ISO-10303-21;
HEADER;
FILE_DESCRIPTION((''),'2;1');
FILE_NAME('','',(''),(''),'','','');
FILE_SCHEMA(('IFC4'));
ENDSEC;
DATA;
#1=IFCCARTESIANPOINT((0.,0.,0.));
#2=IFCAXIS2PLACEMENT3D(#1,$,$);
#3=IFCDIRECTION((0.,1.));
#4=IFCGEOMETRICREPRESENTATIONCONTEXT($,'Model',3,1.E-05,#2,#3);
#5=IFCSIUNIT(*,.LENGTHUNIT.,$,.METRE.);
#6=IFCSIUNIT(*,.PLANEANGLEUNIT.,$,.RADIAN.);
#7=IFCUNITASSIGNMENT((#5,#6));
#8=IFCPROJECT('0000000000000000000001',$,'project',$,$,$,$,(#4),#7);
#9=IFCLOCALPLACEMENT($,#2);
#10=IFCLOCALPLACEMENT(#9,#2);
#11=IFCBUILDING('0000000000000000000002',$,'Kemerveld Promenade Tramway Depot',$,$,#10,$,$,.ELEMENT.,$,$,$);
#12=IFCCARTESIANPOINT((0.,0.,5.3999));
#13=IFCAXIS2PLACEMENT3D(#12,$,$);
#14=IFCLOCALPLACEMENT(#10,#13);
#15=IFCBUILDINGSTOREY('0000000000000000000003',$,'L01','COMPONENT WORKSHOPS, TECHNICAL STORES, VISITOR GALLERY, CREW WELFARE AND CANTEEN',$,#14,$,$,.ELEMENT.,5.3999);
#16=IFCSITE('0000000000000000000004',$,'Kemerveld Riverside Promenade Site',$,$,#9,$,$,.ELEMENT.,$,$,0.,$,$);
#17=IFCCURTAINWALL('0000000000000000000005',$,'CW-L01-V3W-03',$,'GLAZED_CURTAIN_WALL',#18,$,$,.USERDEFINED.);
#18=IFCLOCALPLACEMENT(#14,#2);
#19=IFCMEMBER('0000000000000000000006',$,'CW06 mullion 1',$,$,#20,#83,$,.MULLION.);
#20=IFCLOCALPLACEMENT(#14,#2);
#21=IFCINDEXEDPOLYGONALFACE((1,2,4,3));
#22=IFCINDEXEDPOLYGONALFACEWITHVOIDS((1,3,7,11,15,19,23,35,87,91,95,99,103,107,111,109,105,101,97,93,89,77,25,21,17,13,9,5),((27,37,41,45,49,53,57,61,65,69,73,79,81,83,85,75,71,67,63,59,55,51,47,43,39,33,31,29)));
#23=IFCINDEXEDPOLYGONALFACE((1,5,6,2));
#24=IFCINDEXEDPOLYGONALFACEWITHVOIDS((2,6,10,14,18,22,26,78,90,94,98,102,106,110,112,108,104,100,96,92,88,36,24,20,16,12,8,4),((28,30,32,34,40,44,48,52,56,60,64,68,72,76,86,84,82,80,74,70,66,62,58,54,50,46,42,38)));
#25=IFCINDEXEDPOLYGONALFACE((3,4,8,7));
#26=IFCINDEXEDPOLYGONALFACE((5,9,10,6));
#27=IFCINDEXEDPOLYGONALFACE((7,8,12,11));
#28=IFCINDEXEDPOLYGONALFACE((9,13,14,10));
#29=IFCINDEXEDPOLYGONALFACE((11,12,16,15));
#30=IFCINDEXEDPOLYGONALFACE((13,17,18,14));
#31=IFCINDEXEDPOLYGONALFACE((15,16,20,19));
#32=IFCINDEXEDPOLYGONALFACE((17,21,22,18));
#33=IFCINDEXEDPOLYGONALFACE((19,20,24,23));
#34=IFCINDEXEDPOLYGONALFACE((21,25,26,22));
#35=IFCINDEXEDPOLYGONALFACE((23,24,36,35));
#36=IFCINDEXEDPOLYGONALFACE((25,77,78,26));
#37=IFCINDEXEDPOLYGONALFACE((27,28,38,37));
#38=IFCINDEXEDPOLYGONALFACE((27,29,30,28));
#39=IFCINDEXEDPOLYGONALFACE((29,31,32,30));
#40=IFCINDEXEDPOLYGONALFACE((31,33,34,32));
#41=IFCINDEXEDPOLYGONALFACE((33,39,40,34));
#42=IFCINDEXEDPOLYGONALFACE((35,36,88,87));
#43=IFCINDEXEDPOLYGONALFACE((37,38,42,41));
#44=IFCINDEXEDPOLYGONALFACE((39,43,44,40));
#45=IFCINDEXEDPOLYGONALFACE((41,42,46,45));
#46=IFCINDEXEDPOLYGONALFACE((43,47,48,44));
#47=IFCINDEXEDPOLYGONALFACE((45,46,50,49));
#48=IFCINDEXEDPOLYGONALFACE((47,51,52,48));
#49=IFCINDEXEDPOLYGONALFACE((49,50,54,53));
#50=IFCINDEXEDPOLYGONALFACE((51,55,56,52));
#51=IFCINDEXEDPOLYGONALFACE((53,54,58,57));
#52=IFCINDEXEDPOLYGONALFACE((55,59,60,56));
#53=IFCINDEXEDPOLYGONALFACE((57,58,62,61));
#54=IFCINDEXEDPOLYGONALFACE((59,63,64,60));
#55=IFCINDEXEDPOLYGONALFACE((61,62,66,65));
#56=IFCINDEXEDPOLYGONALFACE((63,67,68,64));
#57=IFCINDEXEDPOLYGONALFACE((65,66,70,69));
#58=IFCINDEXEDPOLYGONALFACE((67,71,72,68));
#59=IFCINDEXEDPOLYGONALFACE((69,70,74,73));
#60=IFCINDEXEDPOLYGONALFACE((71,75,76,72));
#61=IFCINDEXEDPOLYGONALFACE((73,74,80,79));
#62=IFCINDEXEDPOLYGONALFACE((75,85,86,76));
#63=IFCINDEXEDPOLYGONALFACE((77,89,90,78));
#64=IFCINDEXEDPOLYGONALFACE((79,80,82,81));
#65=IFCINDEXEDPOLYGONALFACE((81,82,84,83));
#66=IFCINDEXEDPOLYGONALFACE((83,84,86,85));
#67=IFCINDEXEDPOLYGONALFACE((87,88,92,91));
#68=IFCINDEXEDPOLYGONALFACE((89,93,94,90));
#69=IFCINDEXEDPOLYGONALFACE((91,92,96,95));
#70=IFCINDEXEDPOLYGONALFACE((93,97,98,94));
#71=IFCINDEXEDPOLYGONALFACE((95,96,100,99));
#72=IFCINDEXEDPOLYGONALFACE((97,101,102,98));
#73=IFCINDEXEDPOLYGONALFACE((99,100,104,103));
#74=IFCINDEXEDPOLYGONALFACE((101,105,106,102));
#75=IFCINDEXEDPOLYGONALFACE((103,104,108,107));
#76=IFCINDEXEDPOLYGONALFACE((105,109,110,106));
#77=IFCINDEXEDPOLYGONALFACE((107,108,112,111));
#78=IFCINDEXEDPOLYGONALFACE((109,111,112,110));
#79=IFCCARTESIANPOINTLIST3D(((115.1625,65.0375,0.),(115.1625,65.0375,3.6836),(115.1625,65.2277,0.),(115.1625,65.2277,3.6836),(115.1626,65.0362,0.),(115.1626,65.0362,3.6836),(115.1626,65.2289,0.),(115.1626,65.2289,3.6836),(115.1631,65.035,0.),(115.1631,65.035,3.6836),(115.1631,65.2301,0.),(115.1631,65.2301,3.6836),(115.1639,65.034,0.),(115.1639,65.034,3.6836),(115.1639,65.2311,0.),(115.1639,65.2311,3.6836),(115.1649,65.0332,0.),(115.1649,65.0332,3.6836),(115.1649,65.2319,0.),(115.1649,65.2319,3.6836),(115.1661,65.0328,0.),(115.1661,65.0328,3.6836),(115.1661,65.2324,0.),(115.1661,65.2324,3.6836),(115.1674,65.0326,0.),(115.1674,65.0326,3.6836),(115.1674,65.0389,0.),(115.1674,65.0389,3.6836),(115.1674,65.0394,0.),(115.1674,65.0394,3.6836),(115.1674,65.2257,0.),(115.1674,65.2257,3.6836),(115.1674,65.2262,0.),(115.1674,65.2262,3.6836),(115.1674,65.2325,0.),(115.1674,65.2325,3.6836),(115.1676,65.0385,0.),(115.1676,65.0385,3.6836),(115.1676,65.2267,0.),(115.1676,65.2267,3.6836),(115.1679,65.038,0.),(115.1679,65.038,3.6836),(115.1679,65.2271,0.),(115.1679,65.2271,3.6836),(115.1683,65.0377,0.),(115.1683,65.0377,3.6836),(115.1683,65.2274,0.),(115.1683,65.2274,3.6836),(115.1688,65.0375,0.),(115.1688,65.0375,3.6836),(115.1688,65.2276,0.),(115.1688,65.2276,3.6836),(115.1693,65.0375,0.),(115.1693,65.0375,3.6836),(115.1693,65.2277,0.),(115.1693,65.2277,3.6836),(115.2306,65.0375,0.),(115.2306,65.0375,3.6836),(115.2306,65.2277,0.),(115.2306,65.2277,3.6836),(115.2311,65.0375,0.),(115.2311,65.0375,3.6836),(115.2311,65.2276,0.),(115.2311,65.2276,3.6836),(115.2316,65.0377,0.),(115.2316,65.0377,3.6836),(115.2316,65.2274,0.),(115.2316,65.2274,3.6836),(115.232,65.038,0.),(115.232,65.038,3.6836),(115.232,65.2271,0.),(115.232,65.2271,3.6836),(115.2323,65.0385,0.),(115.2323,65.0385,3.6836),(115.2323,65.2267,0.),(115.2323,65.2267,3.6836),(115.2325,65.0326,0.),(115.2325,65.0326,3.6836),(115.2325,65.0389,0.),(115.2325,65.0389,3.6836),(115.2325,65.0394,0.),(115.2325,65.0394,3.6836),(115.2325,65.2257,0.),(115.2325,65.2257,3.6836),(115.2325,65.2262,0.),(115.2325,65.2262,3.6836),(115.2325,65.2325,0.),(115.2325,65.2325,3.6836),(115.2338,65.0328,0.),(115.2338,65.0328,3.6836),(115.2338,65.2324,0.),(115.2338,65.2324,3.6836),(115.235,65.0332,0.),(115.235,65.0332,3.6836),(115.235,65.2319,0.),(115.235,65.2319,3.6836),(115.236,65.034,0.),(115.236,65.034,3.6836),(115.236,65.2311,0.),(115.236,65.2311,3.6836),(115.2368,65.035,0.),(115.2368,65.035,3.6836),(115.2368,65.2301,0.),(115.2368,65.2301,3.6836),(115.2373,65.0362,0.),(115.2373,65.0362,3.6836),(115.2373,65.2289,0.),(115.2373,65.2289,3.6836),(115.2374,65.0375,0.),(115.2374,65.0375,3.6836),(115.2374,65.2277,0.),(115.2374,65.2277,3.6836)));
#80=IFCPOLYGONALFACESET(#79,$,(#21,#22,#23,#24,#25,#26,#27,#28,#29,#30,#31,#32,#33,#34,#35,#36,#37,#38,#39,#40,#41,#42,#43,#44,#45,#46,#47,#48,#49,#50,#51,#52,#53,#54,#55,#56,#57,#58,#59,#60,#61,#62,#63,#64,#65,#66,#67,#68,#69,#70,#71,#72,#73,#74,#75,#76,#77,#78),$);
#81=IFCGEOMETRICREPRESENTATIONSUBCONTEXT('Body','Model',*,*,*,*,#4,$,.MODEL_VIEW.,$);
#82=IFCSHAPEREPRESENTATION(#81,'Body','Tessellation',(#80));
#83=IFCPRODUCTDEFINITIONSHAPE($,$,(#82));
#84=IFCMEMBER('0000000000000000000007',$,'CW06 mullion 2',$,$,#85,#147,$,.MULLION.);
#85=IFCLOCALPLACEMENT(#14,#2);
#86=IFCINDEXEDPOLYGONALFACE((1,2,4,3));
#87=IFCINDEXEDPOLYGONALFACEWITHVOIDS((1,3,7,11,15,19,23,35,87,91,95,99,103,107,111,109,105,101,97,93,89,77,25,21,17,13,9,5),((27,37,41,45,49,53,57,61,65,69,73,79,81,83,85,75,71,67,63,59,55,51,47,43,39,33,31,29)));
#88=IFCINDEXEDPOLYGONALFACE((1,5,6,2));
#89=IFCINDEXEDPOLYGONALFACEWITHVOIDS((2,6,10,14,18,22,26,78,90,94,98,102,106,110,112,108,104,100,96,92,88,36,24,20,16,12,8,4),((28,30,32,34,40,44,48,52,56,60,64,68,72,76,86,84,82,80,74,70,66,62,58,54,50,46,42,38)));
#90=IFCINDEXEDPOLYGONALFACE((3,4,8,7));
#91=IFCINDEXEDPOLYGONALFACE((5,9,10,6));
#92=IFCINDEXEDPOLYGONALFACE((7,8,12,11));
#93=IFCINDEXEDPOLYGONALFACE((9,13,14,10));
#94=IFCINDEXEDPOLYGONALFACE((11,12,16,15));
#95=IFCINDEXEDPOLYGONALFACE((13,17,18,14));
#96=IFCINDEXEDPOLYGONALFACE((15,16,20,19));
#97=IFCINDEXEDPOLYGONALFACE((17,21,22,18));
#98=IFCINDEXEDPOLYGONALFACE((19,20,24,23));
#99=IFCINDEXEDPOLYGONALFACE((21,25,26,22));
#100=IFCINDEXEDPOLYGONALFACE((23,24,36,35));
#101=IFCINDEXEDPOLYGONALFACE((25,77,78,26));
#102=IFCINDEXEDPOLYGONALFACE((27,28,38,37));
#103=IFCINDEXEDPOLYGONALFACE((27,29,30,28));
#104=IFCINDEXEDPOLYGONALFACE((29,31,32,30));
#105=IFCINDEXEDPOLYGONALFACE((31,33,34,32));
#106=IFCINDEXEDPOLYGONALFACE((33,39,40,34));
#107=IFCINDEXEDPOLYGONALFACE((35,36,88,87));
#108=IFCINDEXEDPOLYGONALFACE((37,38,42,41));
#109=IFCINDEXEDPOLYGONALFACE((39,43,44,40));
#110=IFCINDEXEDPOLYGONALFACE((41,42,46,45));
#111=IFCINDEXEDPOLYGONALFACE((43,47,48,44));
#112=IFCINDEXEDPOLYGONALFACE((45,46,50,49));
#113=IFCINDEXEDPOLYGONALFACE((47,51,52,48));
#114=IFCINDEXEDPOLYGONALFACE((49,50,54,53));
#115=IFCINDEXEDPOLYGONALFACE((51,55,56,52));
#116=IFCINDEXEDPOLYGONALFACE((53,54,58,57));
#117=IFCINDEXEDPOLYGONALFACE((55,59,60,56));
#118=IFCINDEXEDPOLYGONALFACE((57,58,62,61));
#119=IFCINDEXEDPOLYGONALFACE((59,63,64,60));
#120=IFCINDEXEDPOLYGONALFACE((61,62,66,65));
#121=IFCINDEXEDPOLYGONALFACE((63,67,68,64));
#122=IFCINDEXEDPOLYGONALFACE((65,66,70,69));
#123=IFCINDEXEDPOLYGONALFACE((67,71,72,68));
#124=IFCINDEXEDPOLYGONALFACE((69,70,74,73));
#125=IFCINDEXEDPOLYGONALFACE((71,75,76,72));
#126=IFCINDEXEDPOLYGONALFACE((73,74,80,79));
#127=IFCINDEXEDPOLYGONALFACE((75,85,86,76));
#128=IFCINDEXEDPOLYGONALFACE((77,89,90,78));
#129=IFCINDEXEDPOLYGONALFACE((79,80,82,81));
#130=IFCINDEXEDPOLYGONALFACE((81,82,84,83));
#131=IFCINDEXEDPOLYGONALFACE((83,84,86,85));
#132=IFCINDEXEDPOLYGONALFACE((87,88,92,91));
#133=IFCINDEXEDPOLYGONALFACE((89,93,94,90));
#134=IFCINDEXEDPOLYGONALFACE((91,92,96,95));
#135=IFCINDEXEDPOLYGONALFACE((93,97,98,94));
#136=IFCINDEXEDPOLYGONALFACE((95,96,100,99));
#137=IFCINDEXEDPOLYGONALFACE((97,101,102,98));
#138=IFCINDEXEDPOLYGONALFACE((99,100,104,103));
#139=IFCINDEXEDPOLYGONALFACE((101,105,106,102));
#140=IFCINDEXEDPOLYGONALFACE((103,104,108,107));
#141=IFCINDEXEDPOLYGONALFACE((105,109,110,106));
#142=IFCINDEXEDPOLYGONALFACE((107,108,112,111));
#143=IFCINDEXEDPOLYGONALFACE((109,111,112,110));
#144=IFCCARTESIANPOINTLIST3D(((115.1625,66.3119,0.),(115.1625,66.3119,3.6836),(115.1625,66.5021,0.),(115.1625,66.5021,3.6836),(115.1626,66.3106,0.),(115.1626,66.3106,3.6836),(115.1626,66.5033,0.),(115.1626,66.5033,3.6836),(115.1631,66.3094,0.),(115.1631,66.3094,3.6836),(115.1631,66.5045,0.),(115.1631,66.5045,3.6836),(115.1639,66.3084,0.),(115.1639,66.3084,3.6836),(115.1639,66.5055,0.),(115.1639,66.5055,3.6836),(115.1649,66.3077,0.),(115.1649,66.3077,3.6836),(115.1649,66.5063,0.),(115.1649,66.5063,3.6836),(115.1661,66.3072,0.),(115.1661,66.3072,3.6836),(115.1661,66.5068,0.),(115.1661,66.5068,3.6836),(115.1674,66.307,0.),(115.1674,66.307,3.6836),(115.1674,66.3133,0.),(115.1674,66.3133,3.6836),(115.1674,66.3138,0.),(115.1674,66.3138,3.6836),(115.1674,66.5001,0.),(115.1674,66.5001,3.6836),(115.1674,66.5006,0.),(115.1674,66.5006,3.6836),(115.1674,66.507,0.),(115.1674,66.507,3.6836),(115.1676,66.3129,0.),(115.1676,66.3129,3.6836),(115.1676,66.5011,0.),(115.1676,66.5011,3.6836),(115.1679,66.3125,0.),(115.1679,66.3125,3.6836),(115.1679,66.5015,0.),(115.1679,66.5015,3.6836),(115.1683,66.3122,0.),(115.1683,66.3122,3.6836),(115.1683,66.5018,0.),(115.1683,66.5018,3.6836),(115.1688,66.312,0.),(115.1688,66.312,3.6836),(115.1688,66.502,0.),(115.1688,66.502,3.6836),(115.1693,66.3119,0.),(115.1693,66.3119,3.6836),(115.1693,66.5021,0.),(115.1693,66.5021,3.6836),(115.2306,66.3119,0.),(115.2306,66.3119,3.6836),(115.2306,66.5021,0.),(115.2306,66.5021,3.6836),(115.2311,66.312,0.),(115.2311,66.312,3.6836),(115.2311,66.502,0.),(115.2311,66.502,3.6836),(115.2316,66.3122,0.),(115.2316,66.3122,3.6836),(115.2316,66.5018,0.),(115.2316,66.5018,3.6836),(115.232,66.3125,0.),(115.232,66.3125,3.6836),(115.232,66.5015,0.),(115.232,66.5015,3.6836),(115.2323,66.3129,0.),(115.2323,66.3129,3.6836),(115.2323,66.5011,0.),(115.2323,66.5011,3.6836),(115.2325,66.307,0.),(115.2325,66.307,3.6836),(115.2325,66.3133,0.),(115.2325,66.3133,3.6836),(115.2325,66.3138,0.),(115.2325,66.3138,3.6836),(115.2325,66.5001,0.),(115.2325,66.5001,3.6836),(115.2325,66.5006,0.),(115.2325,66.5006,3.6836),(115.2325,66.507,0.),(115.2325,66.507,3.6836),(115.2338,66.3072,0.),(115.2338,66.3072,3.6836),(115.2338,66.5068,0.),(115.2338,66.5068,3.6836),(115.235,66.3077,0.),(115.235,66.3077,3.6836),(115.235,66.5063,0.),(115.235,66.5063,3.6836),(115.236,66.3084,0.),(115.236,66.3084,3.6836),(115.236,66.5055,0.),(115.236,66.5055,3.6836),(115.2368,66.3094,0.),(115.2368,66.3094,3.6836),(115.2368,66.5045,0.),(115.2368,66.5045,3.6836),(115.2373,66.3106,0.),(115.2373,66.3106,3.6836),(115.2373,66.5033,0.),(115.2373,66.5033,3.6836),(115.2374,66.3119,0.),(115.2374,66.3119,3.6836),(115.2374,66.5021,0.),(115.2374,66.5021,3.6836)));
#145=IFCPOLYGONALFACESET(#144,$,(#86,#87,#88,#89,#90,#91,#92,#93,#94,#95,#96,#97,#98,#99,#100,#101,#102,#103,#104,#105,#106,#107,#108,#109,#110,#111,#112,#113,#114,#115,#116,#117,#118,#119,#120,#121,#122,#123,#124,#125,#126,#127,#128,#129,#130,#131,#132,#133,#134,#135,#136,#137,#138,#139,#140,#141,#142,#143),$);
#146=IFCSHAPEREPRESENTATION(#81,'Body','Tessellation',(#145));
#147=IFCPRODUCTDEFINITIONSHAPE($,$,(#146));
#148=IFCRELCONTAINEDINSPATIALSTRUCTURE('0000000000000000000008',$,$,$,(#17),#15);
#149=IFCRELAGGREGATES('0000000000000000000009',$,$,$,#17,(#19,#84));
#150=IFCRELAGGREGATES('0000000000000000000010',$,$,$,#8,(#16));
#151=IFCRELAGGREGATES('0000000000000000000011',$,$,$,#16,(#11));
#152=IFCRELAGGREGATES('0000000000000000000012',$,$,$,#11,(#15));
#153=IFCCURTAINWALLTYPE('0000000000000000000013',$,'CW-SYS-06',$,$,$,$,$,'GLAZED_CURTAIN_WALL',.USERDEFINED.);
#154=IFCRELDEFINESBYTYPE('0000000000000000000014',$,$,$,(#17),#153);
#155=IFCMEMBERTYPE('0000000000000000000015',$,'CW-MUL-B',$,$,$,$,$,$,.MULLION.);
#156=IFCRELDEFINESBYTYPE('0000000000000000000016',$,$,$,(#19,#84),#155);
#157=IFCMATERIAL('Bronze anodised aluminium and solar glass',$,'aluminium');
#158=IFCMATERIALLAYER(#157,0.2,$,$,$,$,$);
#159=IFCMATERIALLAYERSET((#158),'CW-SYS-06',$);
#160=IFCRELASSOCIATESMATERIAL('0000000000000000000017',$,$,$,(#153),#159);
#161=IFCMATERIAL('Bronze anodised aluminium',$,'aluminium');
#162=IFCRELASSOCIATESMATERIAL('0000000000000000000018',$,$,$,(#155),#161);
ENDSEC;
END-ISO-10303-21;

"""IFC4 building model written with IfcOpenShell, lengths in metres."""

from ifc_helpers import new_model, si_unit, direction, frame, origin, origin_2d, place, context, subcontext, project, spatial, hollow_rectangle, extrude, material, layer, layer_set, material_profile, profile_set, type_object, element, aggregate, save


model = new_model("IFC4")

# Units and contexts
model_context = context("Model", 3, precision=1e-05, world=origin(), true_north=direction((0.0, 1.0)))
body_context = subcontext(model_context, "Body", "Model", "MODEL_VIEW")
ifc_project = project(units=[si_unit("LENGTHUNIT", "METRE"), si_unit("PLANEANGLEUNIT", "RADIAN")], contexts=[model_context])

# Site, building, storey
site_placement = place(None, origin())
site = spatial("IfcSite", under=ifc_project, at=site_placement, Name="Kemerveld Riverside Promenade Site", CompositionType="ELEMENT", RefElevation=0.0)
building_placement = place(site_placement, origin())
building = spatial("IfcBuilding", under=site, at=building_placement, Name="Kemerveld Promenade Tramway Depot", CompositionType="ELEMENT")
storey_placement = place(building_placement, frame((0.0, 0.0, 5.3999)))
storey = spatial("IfcBuildingStorey", under=building, at=storey_placement, Name="L01", Description="COMPONENT WORKSHOPS, TECHNICAL STORES, VISITOR GALLERY, CREW WELFARE AND CANTEEN", CompositionType="ELEMENT", Elevation=5.3999)

# Curtain wall, members
ifc_material_1 = material(Name="Bronze anodised aluminium and solar glass", Category="aluminium")
ifc_layer_1 = layer(ifc_material_1, 0.2)
ifc_layer_set_1 = layer_set([ifc_layer_1], Name="CW-SYS-06")
curtain_wall_type = type_object("IfcCurtainWallType", Name="CW-SYS-06", ElementType="GLAZED_CURTAIN_WALL", PredefinedType="USERDEFINED", material=ifc_layer_set_1)
curtain_wall_placement = place(storey_placement, origin())
curtain_wall = element("IfcCurtainWall", 1, at=curtain_wall_placement, inside=storey, type_object=curtain_wall_type, Name="CW-L01-V3W-03", ObjectType="GLAZED_CURTAIN_WALL", PredefinedType="USERDEFINED")
ifc_material_2 = material(Name="Bronze anodised aluminium", Category="aluminium")
ifc_material_profile_1 = material_profile(ifc_material_2, hollow_rectangle(XDim=0.075, YDim=0.2, WallThickness=0.0049, InnerFilletRadius=0.002, OuterFilletRadius=0.0049, at=origin_2d()), Name="CW-MUL-200x75")
ifc_profile_set_1 = profile_set([ifc_material_profile_1], Name="Bronze anodised aluminium")
member_type_1 = type_object("IfcMemberType", Name="CW-MUL-B", PredefinedType="MULLION", material=ifc_profile_set_1)
member_1_placement = place(storey_placement, frame((115.2, 65.1326, 0.0), z_axis=(0.0, 0.0, 1.0), x_axis=(-1.0, 0.0, 0.0)))
member_1 = element("IfcMember", 2, at=member_1_placement, type_object=member_type_1, Name="CW06 mullion 1", PredefinedType="MULLION", context=body_context, shape_type="SweptSolid", body=[
    extrude(hollow_rectangle(XDim=0.075, YDim=0.2, WallThickness=0.0049, InnerFilletRadius=0.002, OuterFilletRadius=0.0049, at=origin_2d()), origin(), (0.0, 0.0, 1.0), 3.6836),
])
member_2_placement = place(storey_placement, frame((115.2, 66.407, 0.0), z_axis=(0.0, 0.0, 1.0), x_axis=(-1.0, 0.0, 0.0)))
member_2 = element("IfcMember", 3, at=member_2_placement, type_object=member_type_1, Name="CW06 mullion 2", PredefinedType="MULLION", context=body_context, shape_type="SweptSolid", body=[
    extrude(hollow_rectangle(XDim=0.075, YDim=0.2, WallThickness=0.0049, InnerFilletRadius=0.002, OuterFilletRadius=0.0049, at=origin_2d()), origin(), (0.0, 0.0, 1.0), 3.6836),
])
aggregate(curtain_wall, [member_1, member_2])

save(model, "model.ifc")
